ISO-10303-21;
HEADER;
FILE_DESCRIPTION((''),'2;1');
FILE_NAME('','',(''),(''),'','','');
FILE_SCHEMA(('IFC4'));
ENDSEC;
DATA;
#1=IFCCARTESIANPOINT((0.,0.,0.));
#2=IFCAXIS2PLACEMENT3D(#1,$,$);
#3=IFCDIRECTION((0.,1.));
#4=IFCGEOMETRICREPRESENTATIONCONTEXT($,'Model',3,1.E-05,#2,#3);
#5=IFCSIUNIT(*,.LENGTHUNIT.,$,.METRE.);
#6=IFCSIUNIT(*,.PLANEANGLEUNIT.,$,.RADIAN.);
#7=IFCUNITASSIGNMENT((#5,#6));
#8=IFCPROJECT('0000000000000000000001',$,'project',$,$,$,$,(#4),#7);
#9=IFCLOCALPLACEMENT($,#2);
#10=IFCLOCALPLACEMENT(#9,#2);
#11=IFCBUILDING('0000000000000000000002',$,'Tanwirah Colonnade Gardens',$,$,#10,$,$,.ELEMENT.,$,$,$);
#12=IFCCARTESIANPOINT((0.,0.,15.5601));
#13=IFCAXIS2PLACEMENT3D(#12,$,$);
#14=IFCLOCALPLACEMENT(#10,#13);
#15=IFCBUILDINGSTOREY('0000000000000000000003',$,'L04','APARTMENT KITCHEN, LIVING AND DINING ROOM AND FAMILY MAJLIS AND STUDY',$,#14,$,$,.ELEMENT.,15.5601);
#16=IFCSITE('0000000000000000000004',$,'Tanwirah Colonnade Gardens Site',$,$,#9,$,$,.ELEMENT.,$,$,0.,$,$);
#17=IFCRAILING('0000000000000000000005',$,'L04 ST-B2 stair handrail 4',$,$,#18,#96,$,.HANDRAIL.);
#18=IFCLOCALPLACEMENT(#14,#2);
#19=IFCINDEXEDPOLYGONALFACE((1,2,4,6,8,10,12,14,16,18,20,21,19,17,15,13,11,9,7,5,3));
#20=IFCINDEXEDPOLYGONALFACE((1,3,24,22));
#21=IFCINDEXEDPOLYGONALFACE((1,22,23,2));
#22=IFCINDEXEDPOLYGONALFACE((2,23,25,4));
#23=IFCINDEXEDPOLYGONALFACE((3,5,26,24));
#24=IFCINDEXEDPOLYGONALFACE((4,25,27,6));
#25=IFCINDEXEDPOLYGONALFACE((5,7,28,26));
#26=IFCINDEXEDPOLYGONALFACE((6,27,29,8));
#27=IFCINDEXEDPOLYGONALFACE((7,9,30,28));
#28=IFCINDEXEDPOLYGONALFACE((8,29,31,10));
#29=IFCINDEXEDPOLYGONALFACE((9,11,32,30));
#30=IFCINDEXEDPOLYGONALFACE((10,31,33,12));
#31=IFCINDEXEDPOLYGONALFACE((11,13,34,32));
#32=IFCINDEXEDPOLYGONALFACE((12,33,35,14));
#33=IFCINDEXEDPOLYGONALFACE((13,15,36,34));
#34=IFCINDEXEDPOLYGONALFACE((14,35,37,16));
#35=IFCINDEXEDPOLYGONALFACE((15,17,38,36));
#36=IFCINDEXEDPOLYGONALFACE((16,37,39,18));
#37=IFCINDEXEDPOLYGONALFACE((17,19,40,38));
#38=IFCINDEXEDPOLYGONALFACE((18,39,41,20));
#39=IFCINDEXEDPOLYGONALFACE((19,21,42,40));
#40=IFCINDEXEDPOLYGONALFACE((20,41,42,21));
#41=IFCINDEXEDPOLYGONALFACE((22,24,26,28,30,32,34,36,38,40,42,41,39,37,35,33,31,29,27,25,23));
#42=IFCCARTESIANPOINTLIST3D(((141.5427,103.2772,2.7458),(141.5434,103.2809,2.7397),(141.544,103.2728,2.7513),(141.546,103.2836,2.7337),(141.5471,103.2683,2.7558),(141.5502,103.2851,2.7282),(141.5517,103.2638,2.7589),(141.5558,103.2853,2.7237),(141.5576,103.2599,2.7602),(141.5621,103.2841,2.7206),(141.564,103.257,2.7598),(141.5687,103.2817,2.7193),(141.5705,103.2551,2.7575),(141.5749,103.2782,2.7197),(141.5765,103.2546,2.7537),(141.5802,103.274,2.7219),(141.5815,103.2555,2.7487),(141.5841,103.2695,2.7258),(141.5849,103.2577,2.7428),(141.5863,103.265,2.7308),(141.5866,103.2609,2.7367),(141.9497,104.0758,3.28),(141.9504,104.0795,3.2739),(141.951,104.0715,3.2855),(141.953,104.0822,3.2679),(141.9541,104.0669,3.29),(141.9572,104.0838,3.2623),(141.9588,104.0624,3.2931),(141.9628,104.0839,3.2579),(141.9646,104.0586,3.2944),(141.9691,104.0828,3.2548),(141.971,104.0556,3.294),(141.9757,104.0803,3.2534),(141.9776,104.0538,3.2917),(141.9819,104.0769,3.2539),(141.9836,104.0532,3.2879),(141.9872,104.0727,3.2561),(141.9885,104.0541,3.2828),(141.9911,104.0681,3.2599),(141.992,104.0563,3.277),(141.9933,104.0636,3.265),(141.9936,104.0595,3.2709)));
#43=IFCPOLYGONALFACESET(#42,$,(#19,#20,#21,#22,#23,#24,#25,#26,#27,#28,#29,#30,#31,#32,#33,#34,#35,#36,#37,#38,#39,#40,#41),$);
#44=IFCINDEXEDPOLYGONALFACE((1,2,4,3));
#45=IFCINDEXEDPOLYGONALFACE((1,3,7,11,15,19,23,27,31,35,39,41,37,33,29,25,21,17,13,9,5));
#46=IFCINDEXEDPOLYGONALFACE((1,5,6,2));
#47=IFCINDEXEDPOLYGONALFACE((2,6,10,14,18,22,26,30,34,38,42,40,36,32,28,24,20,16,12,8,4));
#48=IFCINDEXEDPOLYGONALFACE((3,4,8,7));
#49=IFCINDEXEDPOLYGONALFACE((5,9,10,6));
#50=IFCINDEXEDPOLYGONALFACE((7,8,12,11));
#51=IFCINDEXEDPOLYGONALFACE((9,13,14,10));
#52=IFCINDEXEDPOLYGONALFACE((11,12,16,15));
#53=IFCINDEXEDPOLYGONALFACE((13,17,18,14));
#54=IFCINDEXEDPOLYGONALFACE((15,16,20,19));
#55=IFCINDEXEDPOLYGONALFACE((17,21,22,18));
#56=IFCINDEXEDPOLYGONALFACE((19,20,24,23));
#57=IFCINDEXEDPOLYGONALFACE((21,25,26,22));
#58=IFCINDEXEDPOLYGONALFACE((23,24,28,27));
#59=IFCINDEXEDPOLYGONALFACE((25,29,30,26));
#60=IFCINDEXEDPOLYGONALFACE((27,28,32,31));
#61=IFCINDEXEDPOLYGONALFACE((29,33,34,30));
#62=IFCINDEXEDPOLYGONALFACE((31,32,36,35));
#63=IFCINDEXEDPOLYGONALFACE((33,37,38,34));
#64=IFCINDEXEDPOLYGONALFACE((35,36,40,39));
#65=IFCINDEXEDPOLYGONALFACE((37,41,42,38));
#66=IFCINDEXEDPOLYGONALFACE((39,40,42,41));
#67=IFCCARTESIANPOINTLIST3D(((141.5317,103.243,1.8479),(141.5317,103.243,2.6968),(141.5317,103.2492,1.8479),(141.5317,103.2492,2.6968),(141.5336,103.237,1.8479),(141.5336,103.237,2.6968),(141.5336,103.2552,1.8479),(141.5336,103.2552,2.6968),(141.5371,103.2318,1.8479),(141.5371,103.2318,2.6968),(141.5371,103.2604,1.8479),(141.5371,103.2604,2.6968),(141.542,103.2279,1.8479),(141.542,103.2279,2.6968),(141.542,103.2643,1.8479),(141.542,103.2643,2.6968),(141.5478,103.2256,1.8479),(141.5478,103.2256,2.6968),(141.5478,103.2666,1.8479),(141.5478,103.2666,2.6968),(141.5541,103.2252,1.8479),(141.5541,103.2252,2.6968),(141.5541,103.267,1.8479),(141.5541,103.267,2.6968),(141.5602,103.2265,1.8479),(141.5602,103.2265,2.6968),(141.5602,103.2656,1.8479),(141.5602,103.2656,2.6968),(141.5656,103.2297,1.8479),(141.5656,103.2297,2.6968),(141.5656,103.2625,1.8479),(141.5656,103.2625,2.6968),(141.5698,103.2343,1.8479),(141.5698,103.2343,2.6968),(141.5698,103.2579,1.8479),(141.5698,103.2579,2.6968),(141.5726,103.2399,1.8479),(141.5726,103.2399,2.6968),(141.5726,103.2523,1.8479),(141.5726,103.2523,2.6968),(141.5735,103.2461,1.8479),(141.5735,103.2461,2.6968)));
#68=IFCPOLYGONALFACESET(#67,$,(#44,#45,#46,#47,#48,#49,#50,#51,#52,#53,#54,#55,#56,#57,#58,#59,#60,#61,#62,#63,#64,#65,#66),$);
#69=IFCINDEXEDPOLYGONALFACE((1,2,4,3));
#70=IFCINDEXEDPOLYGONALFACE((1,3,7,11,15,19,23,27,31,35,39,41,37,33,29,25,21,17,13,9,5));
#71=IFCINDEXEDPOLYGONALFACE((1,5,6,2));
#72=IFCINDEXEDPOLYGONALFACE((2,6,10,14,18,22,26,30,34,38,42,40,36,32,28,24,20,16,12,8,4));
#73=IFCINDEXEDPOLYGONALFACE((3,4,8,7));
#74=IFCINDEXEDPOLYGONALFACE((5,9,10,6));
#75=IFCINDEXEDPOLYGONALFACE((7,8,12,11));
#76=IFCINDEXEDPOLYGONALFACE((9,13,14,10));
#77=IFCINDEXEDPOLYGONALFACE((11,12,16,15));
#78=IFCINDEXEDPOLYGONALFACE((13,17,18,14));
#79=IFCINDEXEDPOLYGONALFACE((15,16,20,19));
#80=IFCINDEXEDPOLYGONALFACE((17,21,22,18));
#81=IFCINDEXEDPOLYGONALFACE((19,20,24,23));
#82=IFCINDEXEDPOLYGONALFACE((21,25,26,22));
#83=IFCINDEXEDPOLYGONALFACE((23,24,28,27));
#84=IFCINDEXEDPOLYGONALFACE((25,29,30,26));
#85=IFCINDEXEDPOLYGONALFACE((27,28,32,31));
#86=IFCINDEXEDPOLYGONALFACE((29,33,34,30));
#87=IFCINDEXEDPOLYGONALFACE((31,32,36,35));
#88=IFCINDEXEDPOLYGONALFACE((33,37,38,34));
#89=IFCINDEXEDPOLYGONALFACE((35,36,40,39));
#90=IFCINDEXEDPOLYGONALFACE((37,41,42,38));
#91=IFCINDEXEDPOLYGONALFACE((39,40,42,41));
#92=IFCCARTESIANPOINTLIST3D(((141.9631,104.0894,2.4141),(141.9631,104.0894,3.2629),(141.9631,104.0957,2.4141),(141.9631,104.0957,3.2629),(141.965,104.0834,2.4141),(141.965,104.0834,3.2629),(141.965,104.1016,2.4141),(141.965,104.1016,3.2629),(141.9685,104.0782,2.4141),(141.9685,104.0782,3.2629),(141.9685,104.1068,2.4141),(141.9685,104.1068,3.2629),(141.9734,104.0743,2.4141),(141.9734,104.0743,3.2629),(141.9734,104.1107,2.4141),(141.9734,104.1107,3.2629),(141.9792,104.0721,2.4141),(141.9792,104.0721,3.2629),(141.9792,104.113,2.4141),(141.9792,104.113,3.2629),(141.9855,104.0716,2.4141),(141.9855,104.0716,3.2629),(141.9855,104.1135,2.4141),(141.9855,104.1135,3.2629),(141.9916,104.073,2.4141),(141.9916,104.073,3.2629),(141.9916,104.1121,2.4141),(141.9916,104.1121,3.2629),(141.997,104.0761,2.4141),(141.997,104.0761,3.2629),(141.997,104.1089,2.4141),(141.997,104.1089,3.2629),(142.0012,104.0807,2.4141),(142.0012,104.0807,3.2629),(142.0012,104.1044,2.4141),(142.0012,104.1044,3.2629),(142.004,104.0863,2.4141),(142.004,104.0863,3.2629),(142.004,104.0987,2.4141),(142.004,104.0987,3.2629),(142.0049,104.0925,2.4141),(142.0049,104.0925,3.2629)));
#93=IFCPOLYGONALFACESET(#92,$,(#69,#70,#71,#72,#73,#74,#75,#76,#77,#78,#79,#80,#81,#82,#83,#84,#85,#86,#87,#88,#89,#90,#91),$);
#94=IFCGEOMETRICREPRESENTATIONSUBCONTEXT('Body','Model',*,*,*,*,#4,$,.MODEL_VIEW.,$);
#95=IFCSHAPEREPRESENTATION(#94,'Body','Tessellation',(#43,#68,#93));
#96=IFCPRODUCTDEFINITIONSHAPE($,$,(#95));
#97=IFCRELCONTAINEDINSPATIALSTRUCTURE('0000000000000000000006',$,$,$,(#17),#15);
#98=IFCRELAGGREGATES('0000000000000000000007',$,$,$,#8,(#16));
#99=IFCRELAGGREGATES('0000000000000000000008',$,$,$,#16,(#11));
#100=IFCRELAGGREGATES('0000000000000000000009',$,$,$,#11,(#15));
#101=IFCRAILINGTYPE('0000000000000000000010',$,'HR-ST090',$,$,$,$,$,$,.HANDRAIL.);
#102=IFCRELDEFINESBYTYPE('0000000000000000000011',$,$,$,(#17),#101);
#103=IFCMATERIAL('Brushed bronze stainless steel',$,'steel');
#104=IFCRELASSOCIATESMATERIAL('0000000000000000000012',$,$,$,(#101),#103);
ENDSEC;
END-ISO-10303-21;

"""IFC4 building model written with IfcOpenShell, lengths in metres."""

from ifc_helpers import new_model, si_unit, direction, frame, origin, origin_2d, place, context, subcontext, project, spatial, circle, extrude, material, type_object, element, save


model = new_model("IFC4")

# Units and contexts
model_context = context("Model", 3, precision=1e-05, world=origin(), true_north=direction((0.0, 1.0)))
body_context = subcontext(model_context, "Body", "Model", "MODEL_VIEW")
ifc_project = project(units=[si_unit("LENGTHUNIT", "METRE"), si_unit("PLANEANGLEUNIT", "RADIAN")], contexts=[model_context])

# Site, building, storey
site_placement = place(None, origin())
site = spatial("IfcSite", under=ifc_project, at=site_placement, Name="Tanwirah Colonnade Gardens Site", CompositionType="ELEMENT", RefElevation=0.0)
building_placement = place(site_placement, origin())
building = spatial("IfcBuilding", under=site, at=building_placement, Name="Tanwirah Colonnade Gardens", CompositionType="ELEMENT")
storey_placement = place(building_placement, frame((0.0, 0.0, 15.5601)))
storey = spatial("IfcBuildingStorey", under=building, at=storey_placement, Name="L04", Description="APARTMENT KITCHEN, LIVING AND DINING ROOM AND FAMILY MAJLIS AND STUDY", CompositionType="ELEMENT", Elevation=15.5601)

# Railing
ifc_material_1 = material(Name="Brushed bronze stainless steel", Category="steel")
railing_type_1 = type_object("IfcRailingType", Name="HR-ST090", PredefinedType="HANDRAIL", material=ifc_material_1)
railing_1_placement = place(storey_placement, frame((141.5525, 103.2461, 1.8479)))
element("IfcRailing", 1, at=railing_1_placement, inside=storey, type_object=railing_type_1, Name="L04 ST-B2 stair handrail 4", PredefinedType="HANDRAIL", context=body_context, shape_type="SweptSolid", body=[
    extrude(circle(Radius=0.0239, at=origin_2d()), frame((0.0122, 0.0239, 0.8918), z_axis=(0.390073, 0.765356, 0.51193), x_axis=(-0.890957, 0.454087, 0.0)), (0.0, 0.0, 1.0), 1.0435),
    extrude(circle(Radius=0.021, at=origin_2d()), origin(), (0.0, 0.0, 1.0), 0.8489),
    extrude(circle(Radius=0.021, at=origin_2d()), frame((0.4314, 0.8464, 0.5662)), (0.0, 0.0, 1.0), 0.8489),
])

save(model, "model.ifc")
